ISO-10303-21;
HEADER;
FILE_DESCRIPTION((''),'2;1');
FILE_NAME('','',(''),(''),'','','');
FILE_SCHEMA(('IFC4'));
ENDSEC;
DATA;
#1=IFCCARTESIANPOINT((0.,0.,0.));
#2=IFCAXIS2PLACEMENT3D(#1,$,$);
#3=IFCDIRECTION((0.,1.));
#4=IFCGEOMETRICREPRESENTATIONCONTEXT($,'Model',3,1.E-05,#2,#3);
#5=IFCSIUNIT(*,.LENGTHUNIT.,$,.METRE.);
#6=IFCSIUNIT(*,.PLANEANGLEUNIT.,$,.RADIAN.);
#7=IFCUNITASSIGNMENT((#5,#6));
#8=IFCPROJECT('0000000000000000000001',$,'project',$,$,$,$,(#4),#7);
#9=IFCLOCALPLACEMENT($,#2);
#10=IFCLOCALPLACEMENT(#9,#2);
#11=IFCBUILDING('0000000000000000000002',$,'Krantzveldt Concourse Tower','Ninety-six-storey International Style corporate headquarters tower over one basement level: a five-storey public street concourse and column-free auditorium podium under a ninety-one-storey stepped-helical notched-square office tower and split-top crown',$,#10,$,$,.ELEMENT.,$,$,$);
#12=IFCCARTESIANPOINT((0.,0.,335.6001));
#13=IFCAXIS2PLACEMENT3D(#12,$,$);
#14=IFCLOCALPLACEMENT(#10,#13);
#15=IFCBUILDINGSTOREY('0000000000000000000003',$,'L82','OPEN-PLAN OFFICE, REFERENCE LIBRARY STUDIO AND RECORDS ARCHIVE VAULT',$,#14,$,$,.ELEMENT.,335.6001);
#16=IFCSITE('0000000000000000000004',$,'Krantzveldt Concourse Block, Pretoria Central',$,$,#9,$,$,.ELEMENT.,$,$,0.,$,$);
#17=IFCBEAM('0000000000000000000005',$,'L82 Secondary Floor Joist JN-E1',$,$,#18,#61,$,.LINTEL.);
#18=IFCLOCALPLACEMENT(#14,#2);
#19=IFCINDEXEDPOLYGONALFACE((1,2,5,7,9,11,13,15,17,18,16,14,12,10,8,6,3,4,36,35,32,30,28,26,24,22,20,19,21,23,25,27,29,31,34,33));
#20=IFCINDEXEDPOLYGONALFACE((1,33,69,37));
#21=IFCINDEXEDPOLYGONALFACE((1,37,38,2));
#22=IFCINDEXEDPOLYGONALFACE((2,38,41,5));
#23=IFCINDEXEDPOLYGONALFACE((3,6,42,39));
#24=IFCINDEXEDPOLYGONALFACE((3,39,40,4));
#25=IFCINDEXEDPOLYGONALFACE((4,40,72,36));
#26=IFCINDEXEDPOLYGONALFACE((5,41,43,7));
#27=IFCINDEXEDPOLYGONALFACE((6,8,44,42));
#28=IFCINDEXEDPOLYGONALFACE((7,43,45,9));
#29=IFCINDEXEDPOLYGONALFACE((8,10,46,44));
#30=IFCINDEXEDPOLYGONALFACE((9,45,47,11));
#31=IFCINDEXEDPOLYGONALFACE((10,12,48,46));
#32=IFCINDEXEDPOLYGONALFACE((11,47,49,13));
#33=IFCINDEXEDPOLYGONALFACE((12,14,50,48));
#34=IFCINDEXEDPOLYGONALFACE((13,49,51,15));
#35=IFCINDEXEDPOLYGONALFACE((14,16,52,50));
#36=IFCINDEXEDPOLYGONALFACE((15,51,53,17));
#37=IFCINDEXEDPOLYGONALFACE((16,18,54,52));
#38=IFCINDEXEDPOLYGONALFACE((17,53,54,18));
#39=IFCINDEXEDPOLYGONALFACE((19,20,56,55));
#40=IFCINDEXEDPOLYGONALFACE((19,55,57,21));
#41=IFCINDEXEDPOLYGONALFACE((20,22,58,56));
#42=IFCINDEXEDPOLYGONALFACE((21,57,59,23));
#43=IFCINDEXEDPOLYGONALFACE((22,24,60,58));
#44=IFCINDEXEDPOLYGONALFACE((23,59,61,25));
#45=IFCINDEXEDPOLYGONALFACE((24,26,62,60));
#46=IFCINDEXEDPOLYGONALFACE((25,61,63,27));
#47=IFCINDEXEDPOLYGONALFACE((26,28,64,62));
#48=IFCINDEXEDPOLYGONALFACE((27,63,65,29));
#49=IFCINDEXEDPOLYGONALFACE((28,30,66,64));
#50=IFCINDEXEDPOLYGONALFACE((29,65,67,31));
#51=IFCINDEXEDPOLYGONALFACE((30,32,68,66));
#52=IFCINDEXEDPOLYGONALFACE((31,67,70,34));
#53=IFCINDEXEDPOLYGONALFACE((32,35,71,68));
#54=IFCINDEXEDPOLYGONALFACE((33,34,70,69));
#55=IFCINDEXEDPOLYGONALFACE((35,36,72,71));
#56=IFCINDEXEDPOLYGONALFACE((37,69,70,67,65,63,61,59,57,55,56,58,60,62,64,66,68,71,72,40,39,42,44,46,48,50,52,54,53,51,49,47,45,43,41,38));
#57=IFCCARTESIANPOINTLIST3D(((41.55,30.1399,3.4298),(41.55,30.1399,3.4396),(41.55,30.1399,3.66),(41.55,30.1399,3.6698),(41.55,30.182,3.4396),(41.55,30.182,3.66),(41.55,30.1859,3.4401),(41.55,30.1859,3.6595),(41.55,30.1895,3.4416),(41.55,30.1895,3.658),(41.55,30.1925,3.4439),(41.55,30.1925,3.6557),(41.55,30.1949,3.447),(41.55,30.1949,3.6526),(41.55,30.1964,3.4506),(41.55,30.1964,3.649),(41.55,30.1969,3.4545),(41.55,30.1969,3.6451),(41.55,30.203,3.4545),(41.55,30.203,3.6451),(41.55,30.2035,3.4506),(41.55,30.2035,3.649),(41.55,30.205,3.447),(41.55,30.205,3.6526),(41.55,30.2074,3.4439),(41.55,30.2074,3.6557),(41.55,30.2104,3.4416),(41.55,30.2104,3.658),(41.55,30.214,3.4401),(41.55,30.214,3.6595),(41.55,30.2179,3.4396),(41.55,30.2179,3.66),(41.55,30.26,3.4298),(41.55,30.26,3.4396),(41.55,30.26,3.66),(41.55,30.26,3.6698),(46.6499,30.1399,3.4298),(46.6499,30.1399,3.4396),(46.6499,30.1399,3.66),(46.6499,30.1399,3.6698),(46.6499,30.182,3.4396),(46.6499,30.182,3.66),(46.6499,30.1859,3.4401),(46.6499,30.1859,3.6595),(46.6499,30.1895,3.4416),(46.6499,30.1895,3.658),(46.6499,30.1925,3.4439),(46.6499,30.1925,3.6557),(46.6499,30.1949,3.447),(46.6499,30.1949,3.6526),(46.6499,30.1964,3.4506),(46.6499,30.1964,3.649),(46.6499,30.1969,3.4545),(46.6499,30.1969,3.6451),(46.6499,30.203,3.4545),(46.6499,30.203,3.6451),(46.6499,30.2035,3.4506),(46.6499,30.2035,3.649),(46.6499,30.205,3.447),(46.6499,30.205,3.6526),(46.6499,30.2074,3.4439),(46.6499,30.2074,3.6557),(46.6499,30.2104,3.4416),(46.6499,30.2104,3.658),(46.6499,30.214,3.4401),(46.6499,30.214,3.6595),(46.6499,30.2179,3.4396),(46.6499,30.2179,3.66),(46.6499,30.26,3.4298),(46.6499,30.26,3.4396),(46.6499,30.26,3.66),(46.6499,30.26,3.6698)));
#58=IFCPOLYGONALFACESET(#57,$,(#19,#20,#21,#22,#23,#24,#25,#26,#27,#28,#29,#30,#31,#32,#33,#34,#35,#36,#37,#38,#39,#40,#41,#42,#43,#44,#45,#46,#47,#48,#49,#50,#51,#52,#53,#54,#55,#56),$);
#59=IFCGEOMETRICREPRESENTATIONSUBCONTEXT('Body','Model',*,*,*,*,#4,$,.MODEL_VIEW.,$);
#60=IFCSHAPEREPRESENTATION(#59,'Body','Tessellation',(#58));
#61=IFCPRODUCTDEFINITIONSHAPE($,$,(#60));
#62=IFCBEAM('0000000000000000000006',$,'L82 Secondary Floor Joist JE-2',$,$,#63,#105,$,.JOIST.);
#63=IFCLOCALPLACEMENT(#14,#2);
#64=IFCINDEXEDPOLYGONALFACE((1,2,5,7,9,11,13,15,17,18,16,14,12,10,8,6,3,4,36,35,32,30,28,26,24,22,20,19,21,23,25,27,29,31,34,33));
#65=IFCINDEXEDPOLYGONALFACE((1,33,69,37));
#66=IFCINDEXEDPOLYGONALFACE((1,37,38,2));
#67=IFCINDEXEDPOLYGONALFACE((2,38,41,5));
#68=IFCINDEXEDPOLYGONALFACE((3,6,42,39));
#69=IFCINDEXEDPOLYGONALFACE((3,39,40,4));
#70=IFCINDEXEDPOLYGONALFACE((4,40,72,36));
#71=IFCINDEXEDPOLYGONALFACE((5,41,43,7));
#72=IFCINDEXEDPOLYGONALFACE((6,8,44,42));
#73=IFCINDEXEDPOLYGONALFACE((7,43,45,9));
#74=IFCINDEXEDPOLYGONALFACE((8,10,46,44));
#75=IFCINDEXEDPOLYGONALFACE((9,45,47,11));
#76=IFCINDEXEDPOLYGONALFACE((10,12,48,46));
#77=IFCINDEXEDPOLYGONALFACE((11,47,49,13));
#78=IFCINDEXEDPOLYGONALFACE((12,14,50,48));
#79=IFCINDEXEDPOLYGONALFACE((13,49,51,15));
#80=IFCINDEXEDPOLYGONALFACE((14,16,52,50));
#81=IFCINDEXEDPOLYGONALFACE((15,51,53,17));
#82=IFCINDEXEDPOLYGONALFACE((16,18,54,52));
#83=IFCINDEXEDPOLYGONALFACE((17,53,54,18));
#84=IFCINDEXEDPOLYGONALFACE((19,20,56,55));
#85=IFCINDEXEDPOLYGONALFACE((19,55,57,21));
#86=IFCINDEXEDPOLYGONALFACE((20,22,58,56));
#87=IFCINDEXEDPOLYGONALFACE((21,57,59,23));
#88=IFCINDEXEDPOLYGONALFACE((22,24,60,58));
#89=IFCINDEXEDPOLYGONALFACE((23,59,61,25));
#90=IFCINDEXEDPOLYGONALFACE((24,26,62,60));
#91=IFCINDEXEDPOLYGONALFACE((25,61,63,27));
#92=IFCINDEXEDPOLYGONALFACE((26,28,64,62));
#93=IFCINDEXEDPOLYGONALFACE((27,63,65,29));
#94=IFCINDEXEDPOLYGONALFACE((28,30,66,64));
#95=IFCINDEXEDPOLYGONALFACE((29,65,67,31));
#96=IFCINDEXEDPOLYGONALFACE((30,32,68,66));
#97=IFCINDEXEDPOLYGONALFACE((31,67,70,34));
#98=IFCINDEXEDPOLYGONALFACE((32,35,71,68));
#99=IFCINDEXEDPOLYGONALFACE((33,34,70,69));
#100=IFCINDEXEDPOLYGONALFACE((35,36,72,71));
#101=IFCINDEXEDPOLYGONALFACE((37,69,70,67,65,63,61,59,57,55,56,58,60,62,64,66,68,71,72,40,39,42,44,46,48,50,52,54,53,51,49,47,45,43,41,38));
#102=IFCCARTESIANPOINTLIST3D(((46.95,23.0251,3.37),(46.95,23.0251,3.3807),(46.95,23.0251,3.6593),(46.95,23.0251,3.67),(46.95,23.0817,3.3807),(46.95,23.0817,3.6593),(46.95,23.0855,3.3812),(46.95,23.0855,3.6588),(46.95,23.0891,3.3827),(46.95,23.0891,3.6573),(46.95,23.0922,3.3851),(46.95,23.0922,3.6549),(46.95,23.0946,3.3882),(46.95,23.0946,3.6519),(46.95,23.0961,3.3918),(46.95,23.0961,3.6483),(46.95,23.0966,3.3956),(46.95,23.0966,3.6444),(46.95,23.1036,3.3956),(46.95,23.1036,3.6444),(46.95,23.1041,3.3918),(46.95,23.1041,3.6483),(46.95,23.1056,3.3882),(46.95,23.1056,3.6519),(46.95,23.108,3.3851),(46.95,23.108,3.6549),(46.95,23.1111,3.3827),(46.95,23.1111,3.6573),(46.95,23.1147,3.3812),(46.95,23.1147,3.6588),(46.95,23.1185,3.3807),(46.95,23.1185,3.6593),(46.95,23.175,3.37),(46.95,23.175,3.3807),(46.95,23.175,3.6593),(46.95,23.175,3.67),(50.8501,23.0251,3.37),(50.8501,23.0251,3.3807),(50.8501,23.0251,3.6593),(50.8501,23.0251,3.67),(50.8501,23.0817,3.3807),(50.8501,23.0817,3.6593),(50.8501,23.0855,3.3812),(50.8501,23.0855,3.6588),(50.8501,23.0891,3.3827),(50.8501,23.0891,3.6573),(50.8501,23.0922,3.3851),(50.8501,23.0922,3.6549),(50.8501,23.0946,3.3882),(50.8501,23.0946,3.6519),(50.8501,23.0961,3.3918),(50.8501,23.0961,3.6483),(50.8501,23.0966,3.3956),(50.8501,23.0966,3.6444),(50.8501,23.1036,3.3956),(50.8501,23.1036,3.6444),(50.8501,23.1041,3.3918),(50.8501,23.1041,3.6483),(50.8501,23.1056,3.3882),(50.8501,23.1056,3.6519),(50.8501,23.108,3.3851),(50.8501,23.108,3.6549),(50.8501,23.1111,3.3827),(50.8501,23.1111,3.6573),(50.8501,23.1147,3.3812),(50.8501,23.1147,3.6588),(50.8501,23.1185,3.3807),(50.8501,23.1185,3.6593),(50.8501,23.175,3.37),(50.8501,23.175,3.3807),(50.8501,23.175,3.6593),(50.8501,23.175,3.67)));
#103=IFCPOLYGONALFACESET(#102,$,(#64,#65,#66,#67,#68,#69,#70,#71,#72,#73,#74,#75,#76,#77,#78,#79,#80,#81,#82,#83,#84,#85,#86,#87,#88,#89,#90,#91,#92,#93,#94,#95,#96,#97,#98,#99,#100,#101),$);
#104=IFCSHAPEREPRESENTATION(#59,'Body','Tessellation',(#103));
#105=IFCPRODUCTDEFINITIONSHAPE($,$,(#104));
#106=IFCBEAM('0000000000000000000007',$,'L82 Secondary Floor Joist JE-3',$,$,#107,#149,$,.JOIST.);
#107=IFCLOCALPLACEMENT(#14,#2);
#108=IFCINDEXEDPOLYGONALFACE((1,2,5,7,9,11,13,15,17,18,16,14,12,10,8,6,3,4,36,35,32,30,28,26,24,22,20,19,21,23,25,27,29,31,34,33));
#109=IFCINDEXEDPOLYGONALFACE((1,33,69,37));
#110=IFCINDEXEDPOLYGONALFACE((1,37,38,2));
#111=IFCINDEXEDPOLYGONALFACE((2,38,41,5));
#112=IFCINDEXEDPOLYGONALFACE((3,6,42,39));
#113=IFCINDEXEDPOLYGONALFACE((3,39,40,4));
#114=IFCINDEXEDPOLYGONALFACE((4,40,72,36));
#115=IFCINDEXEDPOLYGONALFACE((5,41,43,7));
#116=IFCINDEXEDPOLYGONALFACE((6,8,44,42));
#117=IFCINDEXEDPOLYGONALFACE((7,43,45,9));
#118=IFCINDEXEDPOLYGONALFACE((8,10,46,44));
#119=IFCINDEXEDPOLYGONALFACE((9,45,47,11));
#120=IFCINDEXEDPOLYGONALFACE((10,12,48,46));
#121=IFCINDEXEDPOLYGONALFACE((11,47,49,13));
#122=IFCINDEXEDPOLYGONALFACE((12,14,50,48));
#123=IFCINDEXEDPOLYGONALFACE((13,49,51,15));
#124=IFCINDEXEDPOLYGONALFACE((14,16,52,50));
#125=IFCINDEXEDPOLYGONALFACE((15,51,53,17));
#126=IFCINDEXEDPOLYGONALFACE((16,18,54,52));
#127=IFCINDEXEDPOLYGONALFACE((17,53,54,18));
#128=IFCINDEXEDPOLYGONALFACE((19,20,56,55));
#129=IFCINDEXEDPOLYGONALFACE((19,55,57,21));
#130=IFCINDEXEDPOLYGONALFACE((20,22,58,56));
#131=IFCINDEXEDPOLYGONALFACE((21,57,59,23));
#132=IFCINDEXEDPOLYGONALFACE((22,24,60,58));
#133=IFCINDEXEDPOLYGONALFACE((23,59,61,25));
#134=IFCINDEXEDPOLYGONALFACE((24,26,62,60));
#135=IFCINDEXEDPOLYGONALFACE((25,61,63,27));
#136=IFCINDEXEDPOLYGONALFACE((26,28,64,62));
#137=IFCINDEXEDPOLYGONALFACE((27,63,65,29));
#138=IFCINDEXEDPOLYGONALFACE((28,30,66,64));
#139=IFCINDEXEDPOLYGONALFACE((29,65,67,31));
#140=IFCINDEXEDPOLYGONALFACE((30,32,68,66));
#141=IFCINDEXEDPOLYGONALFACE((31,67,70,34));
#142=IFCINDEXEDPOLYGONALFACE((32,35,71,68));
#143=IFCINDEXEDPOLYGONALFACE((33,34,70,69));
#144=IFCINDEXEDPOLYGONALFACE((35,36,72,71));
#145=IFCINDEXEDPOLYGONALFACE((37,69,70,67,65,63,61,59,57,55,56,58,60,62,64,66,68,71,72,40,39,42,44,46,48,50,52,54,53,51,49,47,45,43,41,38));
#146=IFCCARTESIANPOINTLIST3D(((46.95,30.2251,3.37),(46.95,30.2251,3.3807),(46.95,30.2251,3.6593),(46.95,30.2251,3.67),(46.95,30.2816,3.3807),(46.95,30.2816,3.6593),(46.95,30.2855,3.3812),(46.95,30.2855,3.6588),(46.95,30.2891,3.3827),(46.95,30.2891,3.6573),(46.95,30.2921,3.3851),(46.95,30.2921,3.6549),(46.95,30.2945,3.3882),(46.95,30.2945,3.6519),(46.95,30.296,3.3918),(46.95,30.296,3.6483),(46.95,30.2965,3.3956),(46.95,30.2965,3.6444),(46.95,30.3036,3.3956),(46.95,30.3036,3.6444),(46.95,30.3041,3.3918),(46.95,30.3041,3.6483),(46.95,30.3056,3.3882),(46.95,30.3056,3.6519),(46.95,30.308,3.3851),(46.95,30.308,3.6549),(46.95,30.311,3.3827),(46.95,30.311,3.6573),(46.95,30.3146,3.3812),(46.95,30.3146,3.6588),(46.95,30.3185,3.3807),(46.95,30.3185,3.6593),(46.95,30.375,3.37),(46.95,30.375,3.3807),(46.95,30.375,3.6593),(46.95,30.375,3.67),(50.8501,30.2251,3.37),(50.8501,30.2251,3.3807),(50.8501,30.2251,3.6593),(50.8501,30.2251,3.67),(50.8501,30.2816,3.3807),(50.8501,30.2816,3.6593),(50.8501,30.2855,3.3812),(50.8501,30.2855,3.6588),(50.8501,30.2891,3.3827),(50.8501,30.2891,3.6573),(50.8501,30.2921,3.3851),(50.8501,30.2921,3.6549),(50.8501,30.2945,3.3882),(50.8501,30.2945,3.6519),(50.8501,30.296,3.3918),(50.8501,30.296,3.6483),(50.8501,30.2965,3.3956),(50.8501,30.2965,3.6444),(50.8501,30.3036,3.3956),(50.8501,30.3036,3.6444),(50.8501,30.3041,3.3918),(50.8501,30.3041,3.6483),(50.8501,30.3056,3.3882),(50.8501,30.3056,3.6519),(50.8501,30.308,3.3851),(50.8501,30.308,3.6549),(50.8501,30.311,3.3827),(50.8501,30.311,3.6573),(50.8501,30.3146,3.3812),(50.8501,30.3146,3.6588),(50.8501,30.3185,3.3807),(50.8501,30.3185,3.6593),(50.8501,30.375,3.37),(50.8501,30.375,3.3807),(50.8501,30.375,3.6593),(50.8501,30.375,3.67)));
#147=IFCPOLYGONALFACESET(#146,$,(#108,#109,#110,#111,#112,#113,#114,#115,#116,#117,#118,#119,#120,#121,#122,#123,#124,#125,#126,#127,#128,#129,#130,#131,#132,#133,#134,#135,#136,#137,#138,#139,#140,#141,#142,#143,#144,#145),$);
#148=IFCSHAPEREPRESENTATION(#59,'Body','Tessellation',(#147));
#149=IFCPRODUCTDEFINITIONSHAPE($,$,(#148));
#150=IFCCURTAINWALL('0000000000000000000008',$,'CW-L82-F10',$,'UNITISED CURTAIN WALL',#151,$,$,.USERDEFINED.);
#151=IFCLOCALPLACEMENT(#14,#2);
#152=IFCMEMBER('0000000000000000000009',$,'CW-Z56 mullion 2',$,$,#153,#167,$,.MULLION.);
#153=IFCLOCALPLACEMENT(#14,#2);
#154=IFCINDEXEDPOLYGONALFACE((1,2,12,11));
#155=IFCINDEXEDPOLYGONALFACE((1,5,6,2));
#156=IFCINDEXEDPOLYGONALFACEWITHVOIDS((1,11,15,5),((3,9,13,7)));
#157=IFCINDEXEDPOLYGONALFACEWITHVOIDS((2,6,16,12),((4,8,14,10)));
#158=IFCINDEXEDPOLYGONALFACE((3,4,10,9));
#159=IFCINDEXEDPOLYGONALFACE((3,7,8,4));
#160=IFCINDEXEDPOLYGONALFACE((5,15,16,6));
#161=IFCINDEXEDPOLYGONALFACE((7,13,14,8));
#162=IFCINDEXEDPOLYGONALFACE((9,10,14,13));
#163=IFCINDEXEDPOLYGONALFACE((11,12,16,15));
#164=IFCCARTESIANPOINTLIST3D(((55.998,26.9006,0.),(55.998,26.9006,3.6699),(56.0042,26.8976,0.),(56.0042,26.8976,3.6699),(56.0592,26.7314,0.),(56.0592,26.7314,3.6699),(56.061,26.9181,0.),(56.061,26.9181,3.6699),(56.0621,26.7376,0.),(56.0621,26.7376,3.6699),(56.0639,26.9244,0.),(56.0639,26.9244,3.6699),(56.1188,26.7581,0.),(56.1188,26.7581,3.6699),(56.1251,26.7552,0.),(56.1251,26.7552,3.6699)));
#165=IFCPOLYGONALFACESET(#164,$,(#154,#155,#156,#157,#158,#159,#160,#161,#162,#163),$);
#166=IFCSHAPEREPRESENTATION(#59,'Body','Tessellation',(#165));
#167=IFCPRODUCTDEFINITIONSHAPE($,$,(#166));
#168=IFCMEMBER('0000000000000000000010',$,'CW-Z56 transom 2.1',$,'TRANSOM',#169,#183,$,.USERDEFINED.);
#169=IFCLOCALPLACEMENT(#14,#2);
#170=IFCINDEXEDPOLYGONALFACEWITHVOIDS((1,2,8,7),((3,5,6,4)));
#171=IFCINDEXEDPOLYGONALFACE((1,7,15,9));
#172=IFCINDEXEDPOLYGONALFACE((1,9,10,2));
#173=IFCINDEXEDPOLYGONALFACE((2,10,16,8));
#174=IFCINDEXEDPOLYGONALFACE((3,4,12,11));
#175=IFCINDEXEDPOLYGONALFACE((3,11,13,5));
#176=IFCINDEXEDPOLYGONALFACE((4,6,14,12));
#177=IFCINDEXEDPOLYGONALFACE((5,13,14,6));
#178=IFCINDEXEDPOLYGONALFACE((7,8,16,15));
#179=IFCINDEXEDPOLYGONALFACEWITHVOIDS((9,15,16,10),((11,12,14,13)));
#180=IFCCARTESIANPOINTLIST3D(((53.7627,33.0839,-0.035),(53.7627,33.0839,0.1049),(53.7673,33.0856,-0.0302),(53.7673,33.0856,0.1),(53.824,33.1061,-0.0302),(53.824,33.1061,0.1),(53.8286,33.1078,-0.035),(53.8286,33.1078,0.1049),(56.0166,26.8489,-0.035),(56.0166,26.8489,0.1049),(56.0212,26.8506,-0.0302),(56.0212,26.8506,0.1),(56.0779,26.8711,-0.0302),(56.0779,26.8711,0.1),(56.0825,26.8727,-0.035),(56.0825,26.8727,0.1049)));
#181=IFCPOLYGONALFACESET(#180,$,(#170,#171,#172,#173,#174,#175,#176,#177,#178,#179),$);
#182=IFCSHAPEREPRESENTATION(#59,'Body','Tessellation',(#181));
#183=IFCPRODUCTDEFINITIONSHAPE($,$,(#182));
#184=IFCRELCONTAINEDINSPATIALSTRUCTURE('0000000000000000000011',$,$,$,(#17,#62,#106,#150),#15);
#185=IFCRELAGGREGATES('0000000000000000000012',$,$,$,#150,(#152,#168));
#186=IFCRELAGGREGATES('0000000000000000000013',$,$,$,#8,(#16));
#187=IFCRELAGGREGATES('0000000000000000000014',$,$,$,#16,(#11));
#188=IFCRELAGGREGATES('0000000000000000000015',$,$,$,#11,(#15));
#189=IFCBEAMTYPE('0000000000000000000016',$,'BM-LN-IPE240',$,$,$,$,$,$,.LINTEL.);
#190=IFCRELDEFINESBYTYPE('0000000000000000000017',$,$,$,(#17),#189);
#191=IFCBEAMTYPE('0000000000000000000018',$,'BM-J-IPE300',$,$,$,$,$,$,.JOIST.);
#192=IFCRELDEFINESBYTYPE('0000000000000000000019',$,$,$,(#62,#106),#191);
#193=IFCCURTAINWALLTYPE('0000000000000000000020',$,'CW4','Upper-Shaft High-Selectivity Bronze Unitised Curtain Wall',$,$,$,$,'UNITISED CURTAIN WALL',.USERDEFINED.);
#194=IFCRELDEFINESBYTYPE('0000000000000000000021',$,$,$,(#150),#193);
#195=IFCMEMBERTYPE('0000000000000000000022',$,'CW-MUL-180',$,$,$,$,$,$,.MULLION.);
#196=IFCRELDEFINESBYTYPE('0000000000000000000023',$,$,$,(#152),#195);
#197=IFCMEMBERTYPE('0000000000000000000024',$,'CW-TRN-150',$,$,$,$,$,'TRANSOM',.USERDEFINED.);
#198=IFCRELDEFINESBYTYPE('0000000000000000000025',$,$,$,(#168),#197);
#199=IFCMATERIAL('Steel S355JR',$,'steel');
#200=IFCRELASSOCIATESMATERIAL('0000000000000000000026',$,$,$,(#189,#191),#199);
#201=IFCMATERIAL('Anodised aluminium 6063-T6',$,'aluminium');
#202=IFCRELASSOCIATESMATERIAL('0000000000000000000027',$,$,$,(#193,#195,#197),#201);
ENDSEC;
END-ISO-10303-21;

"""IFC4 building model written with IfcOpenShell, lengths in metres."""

from ifc_helpers import new_model, si_unit, direction, frame, origin, origin_2d, place, context, subcontext, project, spatial, hollow_rectangle, i_section, extrude, source, transform, mapped, material, material_profile, profile_set, type_object, type_shapes, element, aggregate, save


model = new_model("IFC4")

# Units and contexts
model_context = context("Model", 3, precision=1e-05, world=origin(), true_north=direction((0.0, 1.0)))
body_context = subcontext(model_context, "Body", "Model", "MODEL_VIEW")
ifc_project = project(units=[si_unit("LENGTHUNIT", "METRE"), si_unit("PLANEANGLEUNIT", "RADIAN")], contexts=[model_context])

# Site, building, storey
site_placement = place(None, origin())
site = spatial("IfcSite", under=ifc_project, at=site_placement, Name="Krantzveldt Concourse Block, Pretoria Central", CompositionType="ELEMENT", RefElevation=0.0)
building_placement = place(site_placement, origin())
building = spatial("IfcBuilding", under=site, at=building_placement, Name="Krantzveldt Concourse Tower", Description="Ninety-six-storey International Style corporate headquarters tower over one basement level: a five-storey public street concourse and column-free auditorium podium under a ninety-one-storey stepped-helical notched-square office tower and split-top crown", CompositionType="ELEMENT")
storey_placement = place(building_placement, frame((0.0, 0.0, 335.6001)))
storey = spatial("IfcBuildingStorey", under=building, at=storey_placement, Name="L82", Description="OPEN-PLAN OFFICE, REFERENCE LIBRARY STUDIO AND RECORDS ARCHIVE VAULT", CompositionType="ELEMENT", Elevation=335.6001)

# Beams
ifc_material_1 = material(Name="Steel S355JR", Category="steel")
ifc_material_profile_1 = material_profile(ifc_material_1, i_section(OverallWidth=0.1201, OverallDepth=0.24, WebThickness=0.0061, FlangeThickness=0.0098, FilletRadius=0.0149, at=origin_2d()), Name="Steel S355JR", Category="steel")
ifc_profile_set_1 = profile_set([ifc_material_profile_1], Name="Steel S355JR - IPE 240")
beam_type_1 = type_object("IfcBeamType", Name="BM-LN-IPE240", PredefinedType="LINTEL", material=ifc_profile_set_1)
shared_shape_1 = source(origin(), body_context, "Body", "SweptSolid", [
    extrude(i_section(OverallWidth=0.1201, OverallDepth=0.24, WebThickness=0.0061, FlangeThickness=0.0098, FilletRadius=0.0149, at=origin_2d()), origin(), (0.0, 0.0, 1.0), 5.0999),
])
type_shapes(beam_type_1, [shared_shape_1])
beam_1_placement = place(storey_placement, frame((41.55, 30.2, 3.5498), z_axis=(1.0, 0.0, 0.0), x_axis=(0.0, 1.0, 0.0)))
element("IfcBeam", 1, at=beam_1_placement, inside=storey, type_object=beam_type_1, Name="L82 Secondary Floor Joist JN-E1", PredefinedType="LINTEL", context=body_context, shape_type="MappedRepresentation", body=[
    mapped(shared_shape_1, transform((0.0, 0.0, 0.0), x_axis=(1.0, 0.0, 0.0), y_axis=(0.0, 1.0, 0.0), z_axis=(0.0, 0.0, 1.0), scale=1.0)),
])
ifc_material_profile_2 = material_profile(ifc_material_1, i_section(OverallWidth=0.1499, OverallDepth=0.3, WebThickness=0.0071, FlangeThickness=0.0107, FilletRadius=0.0149, at=origin_2d()), Name="Steel S355JR", Category="steel")
ifc_profile_set_2 = profile_set([ifc_material_profile_2], Name="Steel S355JR - IPE 300")
beam_type_2 = type_object("IfcBeamType", Name="BM-J-IPE300", PredefinedType="JOIST", material=ifc_profile_set_2)
shared_shape_2 = source(origin(), body_context, "Body", "SweptSolid", [
    extrude(i_section(OverallWidth=0.1499, OverallDepth=0.3, WebThickness=0.0071, FlangeThickness=0.0107, FilletRadius=0.0149, at=origin_2d()), origin(), (0.0, 0.0, 1.0), 3.9001),
])
type_shapes(beam_type_2, [shared_shape_2])
for number, where, z_axis, x_axis, name in (
    (2, (46.95, 23.1001, 3.52), (1.0, 0.0, 0.0), (0.0, 1.0, 0.0), "L82 Secondary Floor Joist JE-2"),
    (3, (46.95, 30.3, 3.52), (1.0, 0.0, 0.0), (0.0, 1.0, 0.0), "L82 Secondary Floor Joist JE-3"),
):
    element("IfcBeam", number, at=place(storey_placement, frame(where, z_axis=z_axis, x_axis=x_axis)), inside=storey, type_object=beam_type_2, Name=name, PredefinedType="JOIST", context=body_context, shape_type="MappedRepresentation", body=[
        mapped(shared_shape_2, transform((0.0, 0.0, 0.0), x_axis=(1.0, 0.0, 0.0), y_axis=(0.0, 1.0, 0.0), z_axis=(0.0, 0.0, 1.0), scale=1.0)),
    ])

# Curtain wall, members
ifc_material_2 = material(Name="Anodised aluminium 6063-T6", Category="aluminium")
curtain_wall_type = type_object("IfcCurtainWallType", Name="CW4", Description="Upper-Shaft High-Selectivity Bronze Unitised Curtain Wall", ElementType="UNITISED CURTAIN WALL", PredefinedType="USERDEFINED", material=ifc_material_2)
curtain_wall_placement = place(storey_placement, origin())
curtain_wall = element("IfcCurtainWall", 4, at=curtain_wall_placement, inside=storey, type_object=curtain_wall_type, Name="CW-L82-F10", ObjectType="UNITISED CURTAIN WALL", PredefinedType="USERDEFINED")
ifc_material_profile_3 = material_profile(ifc_material_2, hollow_rectangle(XDim=0.0701, YDim=0.1799, WallThickness=0.0049, at=origin_2d()), Name="Anodised aluminium 6063-T6", Category="aluminium")
ifc_profile_set_3 = profile_set([ifc_material_profile_3], Name="Anodised aluminium 6063-T6 - ALU-MULL 180x70x5")
member_type_1 = type_object("IfcMemberType", Name="CW-MUL-180", PredefinedType="MULLION", material=ifc_profile_set_3)
shared_shape_3 = source(origin(), body_context, "Body", "SweptSolid", [
    extrude(hollow_rectangle(XDim=0.0701, YDim=0.1799, WallThickness=0.0049, at=origin_2d()), origin(), (0.0, 0.0, 1.0), 3.6699),
])
type_shapes(member_type_1, [shared_shape_3])
member_1_placement = place(storey_placement, frame((56.0615, 26.8279, 0.0), z_axis=(0.0, 0.0, 1.0), x_axis=(-0.940437, -0.339969, 0.0)))
member_1 = element("IfcMember", 5, at=member_1_placement, type_object=member_type_1, Name="CW-Z56 mullion 2", PredefinedType="MULLION", context=body_context, shape_type="MappedRepresentation", body=[
    mapped(shared_shape_3, transform((0.0, 0.0, 0.0), x_axis=(1.0, 0.0, 0.0), y_axis=(0.0, 1.0, 0.0), z_axis=(0.0, 0.0, 1.0), scale=1.0)),
])
ifc_material_profile_4 = material_profile(ifc_material_2, hollow_rectangle(XDim=0.0701, YDim=0.1399, WallThickness=0.0049, at=origin_2d()), Name="Anodised aluminium 6063-T6", Category="aluminium")
ifc_profile_set_4 = profile_set([ifc_material_profile_4], Name="Anodised aluminium 6063-T6 - ALU-TRAN 140x70x5")
member_type_2 = type_object("IfcMemberType", Name="CW-TRN-150", ElementType="TRANSOM", PredefinedType="USERDEFINED", material=ifc_profile_set_4)
shared_shape_4 = source(origin(), body_context, "Body", "SweptSolid", [
    extrude(hollow_rectangle(XDim=0.0701, YDim=0.1399, WallThickness=0.0049, at=origin_2d()), origin(), (0.0, 0.0, 1.0), 6.6299),
])
type_shapes(member_type_2, [shared_shape_4])
member_2_placement = place(storey_placement, frame((56.0496, 26.8608, 0.0349), z_axis=(-0.339957, 0.940441, 0.0), x_axis=(-0.940441, -0.339957, 0.0)))
member_2 = element("IfcMember", 6, at=member_2_placement, type_object=member_type_2, Name="CW-Z56 transom 2.1", ObjectType="TRANSOM", PredefinedType="USERDEFINED", context=body_context, shape_type="MappedRepresentation", body=[
    mapped(shared_shape_4, transform((0.0, 0.0, 0.0), x_axis=(1.0, 0.0, 0.0), y_axis=(0.0, 1.0, 0.0), z_axis=(0.0, 0.0, 1.0), scale=1.0)),
])
aggregate(curtain_wall, [member_1, member_2])

save(model, "model.ifc")
